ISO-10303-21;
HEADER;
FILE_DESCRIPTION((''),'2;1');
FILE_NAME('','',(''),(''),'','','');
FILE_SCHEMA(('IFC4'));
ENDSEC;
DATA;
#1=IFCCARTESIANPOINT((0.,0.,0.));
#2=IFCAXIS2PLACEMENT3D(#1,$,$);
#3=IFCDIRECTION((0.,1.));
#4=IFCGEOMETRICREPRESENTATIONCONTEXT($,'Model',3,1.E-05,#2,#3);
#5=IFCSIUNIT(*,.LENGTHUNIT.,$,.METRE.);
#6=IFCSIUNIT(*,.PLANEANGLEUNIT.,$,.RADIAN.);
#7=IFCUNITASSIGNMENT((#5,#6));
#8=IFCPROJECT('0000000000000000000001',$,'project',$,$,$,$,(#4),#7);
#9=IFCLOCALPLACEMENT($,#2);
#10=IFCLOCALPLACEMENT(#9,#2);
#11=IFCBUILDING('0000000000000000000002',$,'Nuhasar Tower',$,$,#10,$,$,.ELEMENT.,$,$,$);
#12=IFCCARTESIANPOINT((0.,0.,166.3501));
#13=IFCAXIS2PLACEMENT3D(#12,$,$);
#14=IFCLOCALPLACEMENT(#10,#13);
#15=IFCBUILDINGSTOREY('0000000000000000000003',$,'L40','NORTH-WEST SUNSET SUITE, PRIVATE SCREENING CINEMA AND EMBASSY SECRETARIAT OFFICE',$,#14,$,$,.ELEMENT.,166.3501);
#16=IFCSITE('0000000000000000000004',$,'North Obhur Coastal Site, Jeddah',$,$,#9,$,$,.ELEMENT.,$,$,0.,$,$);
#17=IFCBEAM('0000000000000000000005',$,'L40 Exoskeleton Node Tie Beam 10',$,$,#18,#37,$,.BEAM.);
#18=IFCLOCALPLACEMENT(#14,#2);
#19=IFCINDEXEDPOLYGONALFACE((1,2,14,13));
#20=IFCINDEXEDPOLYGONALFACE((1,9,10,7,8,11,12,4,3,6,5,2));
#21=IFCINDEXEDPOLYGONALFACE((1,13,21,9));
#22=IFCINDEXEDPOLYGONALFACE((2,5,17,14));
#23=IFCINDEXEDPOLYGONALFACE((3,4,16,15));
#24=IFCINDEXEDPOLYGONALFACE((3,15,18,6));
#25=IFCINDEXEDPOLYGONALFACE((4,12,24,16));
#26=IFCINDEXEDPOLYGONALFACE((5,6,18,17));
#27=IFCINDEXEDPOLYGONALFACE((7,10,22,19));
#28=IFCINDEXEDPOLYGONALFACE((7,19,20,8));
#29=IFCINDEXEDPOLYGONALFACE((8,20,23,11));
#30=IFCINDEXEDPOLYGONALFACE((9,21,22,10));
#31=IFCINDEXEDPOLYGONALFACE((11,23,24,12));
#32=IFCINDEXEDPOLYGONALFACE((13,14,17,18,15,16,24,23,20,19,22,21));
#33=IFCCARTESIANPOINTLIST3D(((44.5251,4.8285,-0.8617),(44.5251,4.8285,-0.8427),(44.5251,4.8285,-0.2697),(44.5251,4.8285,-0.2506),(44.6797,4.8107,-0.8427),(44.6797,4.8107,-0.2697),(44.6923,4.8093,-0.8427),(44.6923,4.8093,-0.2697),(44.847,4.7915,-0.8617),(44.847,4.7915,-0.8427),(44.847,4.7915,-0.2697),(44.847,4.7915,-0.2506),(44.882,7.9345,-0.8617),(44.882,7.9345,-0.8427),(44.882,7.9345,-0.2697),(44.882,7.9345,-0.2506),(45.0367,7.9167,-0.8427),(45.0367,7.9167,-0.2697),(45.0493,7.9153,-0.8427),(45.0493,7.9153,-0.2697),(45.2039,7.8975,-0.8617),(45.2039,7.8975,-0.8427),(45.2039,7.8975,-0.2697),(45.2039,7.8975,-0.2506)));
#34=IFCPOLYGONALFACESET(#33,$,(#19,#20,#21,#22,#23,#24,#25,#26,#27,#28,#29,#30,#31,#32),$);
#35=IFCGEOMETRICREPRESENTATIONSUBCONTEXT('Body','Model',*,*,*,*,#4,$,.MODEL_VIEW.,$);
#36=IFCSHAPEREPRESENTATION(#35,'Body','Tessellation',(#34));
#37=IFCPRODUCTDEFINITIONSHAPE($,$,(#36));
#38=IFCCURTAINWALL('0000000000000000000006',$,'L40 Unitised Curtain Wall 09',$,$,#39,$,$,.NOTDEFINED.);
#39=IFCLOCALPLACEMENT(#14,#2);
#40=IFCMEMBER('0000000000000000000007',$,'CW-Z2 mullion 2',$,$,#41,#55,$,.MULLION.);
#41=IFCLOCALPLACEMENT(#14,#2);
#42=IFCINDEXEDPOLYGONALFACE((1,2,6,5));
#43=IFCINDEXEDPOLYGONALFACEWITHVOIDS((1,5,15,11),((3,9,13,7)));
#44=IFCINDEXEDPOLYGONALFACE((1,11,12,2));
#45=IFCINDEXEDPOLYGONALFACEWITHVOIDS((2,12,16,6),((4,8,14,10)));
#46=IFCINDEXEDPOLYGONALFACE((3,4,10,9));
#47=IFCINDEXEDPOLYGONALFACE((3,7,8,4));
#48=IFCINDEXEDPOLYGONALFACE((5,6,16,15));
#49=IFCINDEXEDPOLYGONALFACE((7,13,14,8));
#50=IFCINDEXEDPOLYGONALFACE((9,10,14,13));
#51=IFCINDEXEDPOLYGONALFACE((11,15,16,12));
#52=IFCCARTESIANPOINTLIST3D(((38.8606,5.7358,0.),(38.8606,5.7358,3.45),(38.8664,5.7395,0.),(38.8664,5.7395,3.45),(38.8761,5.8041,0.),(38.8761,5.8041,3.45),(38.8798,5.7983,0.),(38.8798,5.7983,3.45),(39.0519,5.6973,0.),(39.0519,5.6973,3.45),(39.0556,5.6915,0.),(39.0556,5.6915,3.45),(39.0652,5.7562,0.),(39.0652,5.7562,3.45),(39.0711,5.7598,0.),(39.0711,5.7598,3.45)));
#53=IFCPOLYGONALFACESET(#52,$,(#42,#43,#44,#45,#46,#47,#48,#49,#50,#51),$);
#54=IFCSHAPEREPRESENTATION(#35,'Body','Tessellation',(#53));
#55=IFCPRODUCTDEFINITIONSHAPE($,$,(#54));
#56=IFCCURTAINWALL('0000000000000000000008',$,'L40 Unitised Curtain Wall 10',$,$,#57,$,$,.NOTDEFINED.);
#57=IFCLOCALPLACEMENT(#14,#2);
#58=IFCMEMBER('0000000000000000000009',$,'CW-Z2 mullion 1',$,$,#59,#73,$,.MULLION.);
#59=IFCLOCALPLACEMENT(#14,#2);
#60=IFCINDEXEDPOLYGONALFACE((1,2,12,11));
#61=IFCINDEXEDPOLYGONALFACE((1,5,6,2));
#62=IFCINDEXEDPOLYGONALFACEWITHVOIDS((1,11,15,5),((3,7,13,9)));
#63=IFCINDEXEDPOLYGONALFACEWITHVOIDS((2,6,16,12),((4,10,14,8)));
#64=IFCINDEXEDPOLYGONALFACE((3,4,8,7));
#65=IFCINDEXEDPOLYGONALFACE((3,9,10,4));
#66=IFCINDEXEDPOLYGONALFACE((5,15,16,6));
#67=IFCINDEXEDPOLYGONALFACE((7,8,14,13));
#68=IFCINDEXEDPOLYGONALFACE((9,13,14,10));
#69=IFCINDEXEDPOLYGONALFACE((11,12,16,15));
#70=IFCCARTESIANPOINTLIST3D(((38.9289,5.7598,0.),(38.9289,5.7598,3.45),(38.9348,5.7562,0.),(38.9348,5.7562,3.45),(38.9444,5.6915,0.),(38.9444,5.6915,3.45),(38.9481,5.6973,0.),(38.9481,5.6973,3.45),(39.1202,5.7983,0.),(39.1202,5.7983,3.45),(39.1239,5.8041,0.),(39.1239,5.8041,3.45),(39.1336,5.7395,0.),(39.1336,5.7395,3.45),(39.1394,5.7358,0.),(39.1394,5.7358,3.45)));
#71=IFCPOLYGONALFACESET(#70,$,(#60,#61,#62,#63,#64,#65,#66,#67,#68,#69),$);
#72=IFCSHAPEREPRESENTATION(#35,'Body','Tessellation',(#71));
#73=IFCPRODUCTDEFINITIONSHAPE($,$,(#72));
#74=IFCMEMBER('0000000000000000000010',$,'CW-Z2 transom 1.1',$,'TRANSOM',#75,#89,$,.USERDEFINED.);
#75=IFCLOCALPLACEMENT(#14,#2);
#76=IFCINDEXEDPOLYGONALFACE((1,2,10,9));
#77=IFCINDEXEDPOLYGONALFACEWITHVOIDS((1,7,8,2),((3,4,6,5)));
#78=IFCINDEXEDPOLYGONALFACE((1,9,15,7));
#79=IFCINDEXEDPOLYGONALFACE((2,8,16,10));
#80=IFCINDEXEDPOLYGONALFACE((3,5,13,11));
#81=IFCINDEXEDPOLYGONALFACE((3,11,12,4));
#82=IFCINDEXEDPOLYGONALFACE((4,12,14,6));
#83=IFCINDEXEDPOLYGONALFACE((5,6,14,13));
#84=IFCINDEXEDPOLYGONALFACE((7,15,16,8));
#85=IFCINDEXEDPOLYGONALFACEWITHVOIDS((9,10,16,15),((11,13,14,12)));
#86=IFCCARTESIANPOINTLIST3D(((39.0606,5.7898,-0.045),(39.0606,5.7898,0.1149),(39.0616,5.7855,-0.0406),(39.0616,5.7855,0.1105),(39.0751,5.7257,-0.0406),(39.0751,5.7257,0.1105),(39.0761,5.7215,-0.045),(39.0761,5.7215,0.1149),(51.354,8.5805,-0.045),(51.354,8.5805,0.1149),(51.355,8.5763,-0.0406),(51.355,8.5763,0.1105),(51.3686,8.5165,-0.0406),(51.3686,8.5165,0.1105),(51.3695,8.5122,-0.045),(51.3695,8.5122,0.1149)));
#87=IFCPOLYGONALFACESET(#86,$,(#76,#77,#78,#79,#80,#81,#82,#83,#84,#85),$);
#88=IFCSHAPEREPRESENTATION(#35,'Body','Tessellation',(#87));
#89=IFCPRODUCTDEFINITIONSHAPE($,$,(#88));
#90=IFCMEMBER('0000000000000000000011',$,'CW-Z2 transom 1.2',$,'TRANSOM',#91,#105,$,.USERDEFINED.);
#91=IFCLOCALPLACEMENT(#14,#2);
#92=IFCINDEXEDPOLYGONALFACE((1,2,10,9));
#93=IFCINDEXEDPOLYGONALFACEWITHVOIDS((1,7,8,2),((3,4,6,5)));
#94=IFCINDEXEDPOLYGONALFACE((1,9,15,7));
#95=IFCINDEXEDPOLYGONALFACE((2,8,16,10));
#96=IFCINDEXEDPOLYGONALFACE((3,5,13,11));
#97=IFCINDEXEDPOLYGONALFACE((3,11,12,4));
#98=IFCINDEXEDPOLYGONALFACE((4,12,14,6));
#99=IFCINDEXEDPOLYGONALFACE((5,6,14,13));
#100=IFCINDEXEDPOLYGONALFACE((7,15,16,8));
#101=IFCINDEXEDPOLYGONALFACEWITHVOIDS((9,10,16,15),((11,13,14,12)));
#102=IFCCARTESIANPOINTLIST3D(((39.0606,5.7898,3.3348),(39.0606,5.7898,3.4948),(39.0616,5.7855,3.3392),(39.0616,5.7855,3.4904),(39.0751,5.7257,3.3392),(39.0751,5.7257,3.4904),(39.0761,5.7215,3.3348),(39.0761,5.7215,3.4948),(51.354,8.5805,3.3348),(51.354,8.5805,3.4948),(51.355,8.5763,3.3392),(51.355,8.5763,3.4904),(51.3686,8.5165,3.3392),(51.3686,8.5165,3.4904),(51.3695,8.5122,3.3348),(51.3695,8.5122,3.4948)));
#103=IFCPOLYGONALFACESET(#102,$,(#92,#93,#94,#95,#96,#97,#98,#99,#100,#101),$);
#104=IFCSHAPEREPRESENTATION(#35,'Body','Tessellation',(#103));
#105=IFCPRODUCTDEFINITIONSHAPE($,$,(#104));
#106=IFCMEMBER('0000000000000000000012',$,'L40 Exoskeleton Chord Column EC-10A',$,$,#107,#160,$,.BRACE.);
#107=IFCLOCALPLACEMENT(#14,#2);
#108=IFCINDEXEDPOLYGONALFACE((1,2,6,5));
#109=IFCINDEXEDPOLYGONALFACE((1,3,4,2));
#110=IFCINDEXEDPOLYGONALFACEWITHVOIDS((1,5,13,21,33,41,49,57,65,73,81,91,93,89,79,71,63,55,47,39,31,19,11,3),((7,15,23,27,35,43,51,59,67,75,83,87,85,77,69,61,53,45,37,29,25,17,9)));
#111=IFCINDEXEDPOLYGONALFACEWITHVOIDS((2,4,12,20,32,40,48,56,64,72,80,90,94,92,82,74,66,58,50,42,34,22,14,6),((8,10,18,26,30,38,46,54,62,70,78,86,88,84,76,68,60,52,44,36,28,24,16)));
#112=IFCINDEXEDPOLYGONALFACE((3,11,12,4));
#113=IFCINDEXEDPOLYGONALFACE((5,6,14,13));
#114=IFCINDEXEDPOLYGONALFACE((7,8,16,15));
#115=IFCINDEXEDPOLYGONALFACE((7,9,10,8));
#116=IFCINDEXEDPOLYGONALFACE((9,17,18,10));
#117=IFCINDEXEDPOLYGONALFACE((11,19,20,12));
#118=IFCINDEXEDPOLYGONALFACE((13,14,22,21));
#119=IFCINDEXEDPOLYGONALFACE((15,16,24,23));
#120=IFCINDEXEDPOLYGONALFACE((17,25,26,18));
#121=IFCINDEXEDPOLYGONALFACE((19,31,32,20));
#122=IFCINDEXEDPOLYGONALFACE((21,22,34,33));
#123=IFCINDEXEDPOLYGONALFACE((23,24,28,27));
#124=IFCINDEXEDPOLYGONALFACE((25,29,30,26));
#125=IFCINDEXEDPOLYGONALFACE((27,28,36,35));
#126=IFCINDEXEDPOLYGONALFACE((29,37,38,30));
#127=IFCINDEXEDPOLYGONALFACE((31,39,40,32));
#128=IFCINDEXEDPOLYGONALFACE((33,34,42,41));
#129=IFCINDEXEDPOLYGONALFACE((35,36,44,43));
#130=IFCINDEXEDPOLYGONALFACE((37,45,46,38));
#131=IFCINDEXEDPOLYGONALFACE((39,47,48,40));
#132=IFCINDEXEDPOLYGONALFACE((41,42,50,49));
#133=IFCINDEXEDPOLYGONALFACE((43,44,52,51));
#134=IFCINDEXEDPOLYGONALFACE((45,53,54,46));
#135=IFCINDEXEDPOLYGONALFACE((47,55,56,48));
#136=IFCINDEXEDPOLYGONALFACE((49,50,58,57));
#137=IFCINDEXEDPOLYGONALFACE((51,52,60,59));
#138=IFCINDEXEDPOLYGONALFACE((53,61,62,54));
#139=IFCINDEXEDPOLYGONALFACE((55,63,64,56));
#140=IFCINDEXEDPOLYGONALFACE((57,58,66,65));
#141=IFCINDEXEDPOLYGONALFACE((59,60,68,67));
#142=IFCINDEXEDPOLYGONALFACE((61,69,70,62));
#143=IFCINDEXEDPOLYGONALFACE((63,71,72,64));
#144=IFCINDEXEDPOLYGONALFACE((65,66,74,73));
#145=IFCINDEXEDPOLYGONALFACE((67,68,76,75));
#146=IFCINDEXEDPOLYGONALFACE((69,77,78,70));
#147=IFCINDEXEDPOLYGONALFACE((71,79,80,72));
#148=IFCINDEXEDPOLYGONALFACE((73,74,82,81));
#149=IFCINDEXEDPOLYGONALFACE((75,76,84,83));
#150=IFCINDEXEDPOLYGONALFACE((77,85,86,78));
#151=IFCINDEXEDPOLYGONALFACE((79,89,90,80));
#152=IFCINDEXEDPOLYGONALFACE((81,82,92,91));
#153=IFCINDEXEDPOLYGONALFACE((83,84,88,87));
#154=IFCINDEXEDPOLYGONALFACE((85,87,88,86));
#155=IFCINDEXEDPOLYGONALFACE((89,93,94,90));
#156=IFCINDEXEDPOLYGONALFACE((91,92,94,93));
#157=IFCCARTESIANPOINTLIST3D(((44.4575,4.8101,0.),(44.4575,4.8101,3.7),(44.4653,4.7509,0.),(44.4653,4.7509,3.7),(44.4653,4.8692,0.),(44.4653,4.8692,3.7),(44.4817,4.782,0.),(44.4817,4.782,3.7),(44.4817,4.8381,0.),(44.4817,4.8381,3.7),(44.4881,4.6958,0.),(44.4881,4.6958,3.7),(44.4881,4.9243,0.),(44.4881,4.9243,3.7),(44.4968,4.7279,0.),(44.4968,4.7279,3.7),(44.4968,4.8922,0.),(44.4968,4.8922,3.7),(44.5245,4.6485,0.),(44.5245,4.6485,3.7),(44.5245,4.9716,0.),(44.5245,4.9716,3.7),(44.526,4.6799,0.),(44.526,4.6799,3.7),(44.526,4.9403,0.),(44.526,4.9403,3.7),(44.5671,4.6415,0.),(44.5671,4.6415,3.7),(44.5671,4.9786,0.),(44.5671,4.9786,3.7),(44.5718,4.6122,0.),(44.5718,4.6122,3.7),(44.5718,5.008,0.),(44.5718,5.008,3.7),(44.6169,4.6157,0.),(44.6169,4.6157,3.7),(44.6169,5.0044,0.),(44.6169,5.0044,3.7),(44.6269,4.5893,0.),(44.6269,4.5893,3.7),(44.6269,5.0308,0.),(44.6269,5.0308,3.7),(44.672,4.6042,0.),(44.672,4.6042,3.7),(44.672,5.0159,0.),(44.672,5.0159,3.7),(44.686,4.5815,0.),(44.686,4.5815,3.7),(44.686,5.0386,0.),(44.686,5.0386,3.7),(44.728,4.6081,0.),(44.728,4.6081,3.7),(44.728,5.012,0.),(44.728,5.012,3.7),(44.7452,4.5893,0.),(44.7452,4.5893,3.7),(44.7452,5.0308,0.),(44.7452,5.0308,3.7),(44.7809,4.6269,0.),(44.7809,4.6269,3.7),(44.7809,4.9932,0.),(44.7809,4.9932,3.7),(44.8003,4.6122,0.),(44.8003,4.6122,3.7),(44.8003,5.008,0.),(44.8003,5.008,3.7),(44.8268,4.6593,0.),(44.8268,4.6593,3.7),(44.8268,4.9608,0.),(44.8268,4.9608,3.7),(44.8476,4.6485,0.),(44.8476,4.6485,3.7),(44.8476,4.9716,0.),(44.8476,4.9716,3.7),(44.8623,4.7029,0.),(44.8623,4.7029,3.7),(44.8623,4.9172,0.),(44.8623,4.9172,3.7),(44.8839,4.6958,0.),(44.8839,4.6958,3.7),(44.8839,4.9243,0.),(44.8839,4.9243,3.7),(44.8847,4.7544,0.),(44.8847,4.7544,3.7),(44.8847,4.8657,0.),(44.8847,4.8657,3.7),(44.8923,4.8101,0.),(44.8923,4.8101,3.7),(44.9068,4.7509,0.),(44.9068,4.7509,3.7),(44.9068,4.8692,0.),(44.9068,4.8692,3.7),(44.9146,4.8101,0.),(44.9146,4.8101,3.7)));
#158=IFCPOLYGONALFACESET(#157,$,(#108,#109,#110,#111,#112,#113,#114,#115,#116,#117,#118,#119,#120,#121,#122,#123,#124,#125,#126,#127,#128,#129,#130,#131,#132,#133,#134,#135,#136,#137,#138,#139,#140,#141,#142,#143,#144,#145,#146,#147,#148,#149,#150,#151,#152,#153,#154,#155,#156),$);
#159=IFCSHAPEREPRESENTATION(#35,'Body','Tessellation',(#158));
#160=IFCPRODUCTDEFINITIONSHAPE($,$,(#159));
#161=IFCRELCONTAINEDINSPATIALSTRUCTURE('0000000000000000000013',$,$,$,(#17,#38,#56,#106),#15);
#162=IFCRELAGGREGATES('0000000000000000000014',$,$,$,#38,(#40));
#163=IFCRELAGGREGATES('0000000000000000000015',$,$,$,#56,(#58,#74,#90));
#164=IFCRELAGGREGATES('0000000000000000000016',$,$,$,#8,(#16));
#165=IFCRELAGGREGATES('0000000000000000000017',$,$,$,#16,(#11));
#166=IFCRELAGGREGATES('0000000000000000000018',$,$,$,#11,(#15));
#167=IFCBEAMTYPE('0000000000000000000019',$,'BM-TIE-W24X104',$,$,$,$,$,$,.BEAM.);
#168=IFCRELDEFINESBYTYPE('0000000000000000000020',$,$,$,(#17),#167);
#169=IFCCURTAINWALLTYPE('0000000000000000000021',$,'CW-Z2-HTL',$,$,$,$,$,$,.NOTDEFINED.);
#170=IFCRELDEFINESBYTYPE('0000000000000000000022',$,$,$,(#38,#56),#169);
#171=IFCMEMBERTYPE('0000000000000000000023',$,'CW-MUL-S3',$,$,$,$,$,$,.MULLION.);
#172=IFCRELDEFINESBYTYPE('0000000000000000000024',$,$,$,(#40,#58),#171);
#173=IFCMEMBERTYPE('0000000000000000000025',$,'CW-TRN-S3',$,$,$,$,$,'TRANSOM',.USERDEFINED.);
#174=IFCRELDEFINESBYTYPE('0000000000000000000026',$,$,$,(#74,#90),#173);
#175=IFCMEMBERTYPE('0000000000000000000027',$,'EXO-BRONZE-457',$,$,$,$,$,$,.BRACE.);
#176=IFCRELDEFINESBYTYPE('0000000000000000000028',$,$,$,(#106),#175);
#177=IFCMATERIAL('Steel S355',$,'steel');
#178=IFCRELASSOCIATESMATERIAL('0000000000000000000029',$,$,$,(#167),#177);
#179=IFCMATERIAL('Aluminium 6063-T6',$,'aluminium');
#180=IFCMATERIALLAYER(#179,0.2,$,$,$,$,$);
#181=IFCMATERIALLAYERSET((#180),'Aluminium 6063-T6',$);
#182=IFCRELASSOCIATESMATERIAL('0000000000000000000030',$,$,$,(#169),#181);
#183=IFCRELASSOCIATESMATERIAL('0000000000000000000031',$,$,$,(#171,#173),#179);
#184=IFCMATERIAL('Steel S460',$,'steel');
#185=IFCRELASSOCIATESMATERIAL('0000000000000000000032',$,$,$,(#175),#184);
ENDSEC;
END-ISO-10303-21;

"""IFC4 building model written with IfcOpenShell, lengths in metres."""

from ifc_helpers import new_model, si_unit, direction, frame, origin, origin_2d, place, context, subcontext, project, spatial, hollow_rectangle, hollow_circle, i_section, extrude, material, layer, layer_set, material_profile, profile_set, type_object, element, aggregate, save


model = new_model("IFC4")

# Units and contexts
model_context = context("Model", 3, precision=1e-05, world=origin(), true_north=direction((0.0, 1.0)))
body_context = subcontext(model_context, "Body", "Model", "MODEL_VIEW")
ifc_project = project(units=[si_unit("LENGTHUNIT", "METRE"), si_unit("PLANEANGLEUNIT", "RADIAN")], contexts=[model_context])

# Site, building, storey
site_placement = place(None, origin())
site = spatial("IfcSite", under=ifc_project, at=site_placement, Name="North Obhur Coastal Site, Jeddah", CompositionType="ELEMENT", RefElevation=0.0)
building_placement = place(site_placement, origin())
building = spatial("IfcBuilding", under=site, at=building_placement, Name="Nuhasar Tower", CompositionType="ELEMENT")
storey_placement = place(building_placement, frame((0.0, 0.0, 166.3501)))
storey = spatial("IfcBuildingStorey", under=building, at=storey_placement, Name="L40", Description="NORTH-WEST SUNSET SUITE, PRIVATE SCREENING CINEMA AND EMBASSY SECRETARIAT OFFICE", CompositionType="ELEMENT", Elevation=166.3501)

# Beam
ifc_material_1 = material(Name="Steel S355", Category="steel")
ifc_material_profile_1 = material_profile(ifc_material_1, i_section(OverallWidth=0.324, OverallDepth=0.6111, WebThickness=0.0127, FlangeThickness=0.019, at=origin_2d()), Name="W24X104")
ifc_profile_set_1 = profile_set([ifc_material_profile_1], Name="Steel S355")
beam_type_1 = type_object("IfcBeamType", Name="BM-TIE-W24X104", PredefinedType="BEAM", material=ifc_profile_set_1)
beam_1_placement = place(storey_placement, frame((45.043, 7.916, -0.5562), z_axis=(-0.114168, -0.993461, 0.0), x_axis=(0.993461, -0.114168, 0.0)))
element("IfcBeam", 1, at=beam_1_placement, inside=storey, type_object=beam_type_1, Name="L40 Exoskeleton Node Tie Beam 10", PredefinedType="BEAM", context=body_context, shape_type="SweptSolid", body=[
    extrude(i_section(OverallWidth=0.324, OverallDepth=0.6111, WebThickness=0.0127, FlangeThickness=0.019, at=origin_2d()), origin(), (0.0, 0.0, 1.0), 3.1265),
])

# Curtain wall, member
ifc_material_2 = material(Name="Aluminium 6063-T6", Category="aluminium")
ifc_layer_1 = layer(ifc_material_2, 0.2)
ifc_layer_set_1 = layer_set([ifc_layer_1], Name="Aluminium 6063-T6")
curtain_wall_type = type_object("IfcCurtainWallType", Name="CW-Z2-HTL", PredefinedType="NOTDEFINED", material=ifc_layer_set_1)
curtain_wall_1_placement = place(storey_placement, origin())
curtain_wall_1 = element("IfcCurtainWall", 2, at=curtain_wall_1_placement, inside=storey, type_object=curtain_wall_type, Name="L40 Unitised Curtain Wall 09", PredefinedType="NOTDEFINED")
ifc_material_profile_2 = material_profile(ifc_material_2, hollow_rectangle(XDim=0.0701, YDim=0.2, WallThickness=0.0049, at=origin_2d()), Name="CWM-3")
ifc_profile_set_2 = profile_set([ifc_material_profile_2], Name="Aluminium 6063-T6")
member_type_1 = type_object("IfcMemberType", Name="CW-MUL-S3", PredefinedType="MULLION", material=ifc_profile_set_2)
member_1_placement = place(storey_placement, frame((38.9658, 5.7478, 0.0), z_axis=(0.0, 0.0, 1.0), x_axis=(0.221397, 0.975184, 0.0)))
member_1 = element("IfcMember", 3, at=member_1_placement, type_object=member_type_1, Name="CW-Z2 mullion 2", PredefinedType="MULLION", context=body_context, shape_type="SweptSolid", body=[
    extrude(hollow_rectangle(XDim=0.0701, YDim=0.2, WallThickness=0.0049, at=origin_2d()), origin(), (0.0, 0.0, 1.0), 3.45),
])
aggregate(curtain_wall_1, [member_1])

# Curtain wall, members
curtain_wall_2_placement = place(storey_placement, origin())
curtain_wall_2 = element("IfcCurtainWall", 4, at=curtain_wall_2_placement, inside=storey, type_object=curtain_wall_type, Name="L40 Unitised Curtain Wall 10", PredefinedType="NOTDEFINED")
member_2_placement = place(storey_placement, frame((39.0342, 5.7478, 0.0), z_axis=(0.0, 0.0, 1.0), x_axis=(-0.221397, 0.975184, 0.0)))
member_2 = element("IfcMember", 5, at=member_2_placement, type_object=member_type_1, Name="CW-Z2 mullion 1", PredefinedType="MULLION", context=body_context, shape_type="SweptSolid", body=[
    extrude(hollow_rectangle(XDim=0.0701, YDim=0.2, WallThickness=0.0049, at=origin_2d()), origin(), (0.0, 0.0, 1.0), 3.45),
])
ifc_material_profile_3 = material_profile(ifc_material_2, hollow_rectangle(XDim=0.0701, YDim=0.1599, WallThickness=0.0044, at=origin_2d()), Name="CWT-3")
ifc_profile_set_3 = profile_set([ifc_material_profile_3], Name="Aluminium 6063-T6")
member_type_2 = type_object("IfcMemberType", Name="CW-TRN-S3", ElementType="TRANSOM", PredefinedType="USERDEFINED", material=ifc_profile_set_3)
member_3_placement = place(storey_placement, frame((39.0684, 5.7556, 0.0349), z_axis=(0.975188, 0.22138, 0.0), x_axis=(-0.22138, 0.975188, 0.0)))
member_3 = element("IfcMember", 6, at=member_3_placement, type_object=member_type_2, Name="CW-Z2 transom 1.1", ObjectType="TRANSOM", PredefinedType="USERDEFINED", context=body_context, shape_type="SweptSolid", body=[
    extrude(hollow_rectangle(XDim=0.0701, YDim=0.1599, WallThickness=0.0044, at=origin_2d()), origin(), (0.0, 0.0, 1.0), 12.6062),
])
member_4_placement = place(storey_placement, frame((39.0684, 5.7556, 3.4148), z_axis=(0.975188, 0.22138, 0.0), x_axis=(-0.22138, 0.975188, 0.0)))
member_4 = element("IfcMember", 7, at=member_4_placement, type_object=member_type_2, Name="CW-Z2 transom 1.2", ObjectType="TRANSOM", PredefinedType="USERDEFINED", context=body_context, shape_type="SweptSolid", body=[
    extrude(hollow_rectangle(XDim=0.0701, YDim=0.1599, WallThickness=0.0044, at=origin_2d()), origin(), (0.0, 0.0, 1.0), 12.6062),
])

# Member
ifc_material_3 = material(Name="Steel S460", Category="steel")
ifc_material_profile_4 = material_profile(ifc_material_3, hollow_circle(Radius=0.2285, WallThickness=0.0222, at=origin_2d()), Name="HSS457X22.2")
ifc_profile_set_4 = profile_set([ifc_material_profile_4], Name="Steel S460")
member_type_3 = type_object("IfcMemberType", Name="EXO-BRONZE-457", PredefinedType="BRACE", material=ifc_profile_set_4)
member_5_placement = place(storey_placement, frame((44.686, 4.8101, 0.0), z_axis=(0.0, 0.0, 1.0), x_axis=(1.0, 0.0, 0.0)))
element("IfcMember", 8, at=member_5_placement, inside=storey, type_object=member_type_3, Name="L40 Exoskeleton Chord Column EC-10A", PredefinedType="BRACE", context=body_context, shape_type="SweptSolid", body=[
    extrude(hollow_circle(Radius=0.2285, WallThickness=0.0222, at=origin_2d()), origin(), (0.0, 0.0, 1.0), 3.7),
])

aggregate(curtain_wall_2, [member_2, member_3, member_4])

save(model, "model.ifc")
